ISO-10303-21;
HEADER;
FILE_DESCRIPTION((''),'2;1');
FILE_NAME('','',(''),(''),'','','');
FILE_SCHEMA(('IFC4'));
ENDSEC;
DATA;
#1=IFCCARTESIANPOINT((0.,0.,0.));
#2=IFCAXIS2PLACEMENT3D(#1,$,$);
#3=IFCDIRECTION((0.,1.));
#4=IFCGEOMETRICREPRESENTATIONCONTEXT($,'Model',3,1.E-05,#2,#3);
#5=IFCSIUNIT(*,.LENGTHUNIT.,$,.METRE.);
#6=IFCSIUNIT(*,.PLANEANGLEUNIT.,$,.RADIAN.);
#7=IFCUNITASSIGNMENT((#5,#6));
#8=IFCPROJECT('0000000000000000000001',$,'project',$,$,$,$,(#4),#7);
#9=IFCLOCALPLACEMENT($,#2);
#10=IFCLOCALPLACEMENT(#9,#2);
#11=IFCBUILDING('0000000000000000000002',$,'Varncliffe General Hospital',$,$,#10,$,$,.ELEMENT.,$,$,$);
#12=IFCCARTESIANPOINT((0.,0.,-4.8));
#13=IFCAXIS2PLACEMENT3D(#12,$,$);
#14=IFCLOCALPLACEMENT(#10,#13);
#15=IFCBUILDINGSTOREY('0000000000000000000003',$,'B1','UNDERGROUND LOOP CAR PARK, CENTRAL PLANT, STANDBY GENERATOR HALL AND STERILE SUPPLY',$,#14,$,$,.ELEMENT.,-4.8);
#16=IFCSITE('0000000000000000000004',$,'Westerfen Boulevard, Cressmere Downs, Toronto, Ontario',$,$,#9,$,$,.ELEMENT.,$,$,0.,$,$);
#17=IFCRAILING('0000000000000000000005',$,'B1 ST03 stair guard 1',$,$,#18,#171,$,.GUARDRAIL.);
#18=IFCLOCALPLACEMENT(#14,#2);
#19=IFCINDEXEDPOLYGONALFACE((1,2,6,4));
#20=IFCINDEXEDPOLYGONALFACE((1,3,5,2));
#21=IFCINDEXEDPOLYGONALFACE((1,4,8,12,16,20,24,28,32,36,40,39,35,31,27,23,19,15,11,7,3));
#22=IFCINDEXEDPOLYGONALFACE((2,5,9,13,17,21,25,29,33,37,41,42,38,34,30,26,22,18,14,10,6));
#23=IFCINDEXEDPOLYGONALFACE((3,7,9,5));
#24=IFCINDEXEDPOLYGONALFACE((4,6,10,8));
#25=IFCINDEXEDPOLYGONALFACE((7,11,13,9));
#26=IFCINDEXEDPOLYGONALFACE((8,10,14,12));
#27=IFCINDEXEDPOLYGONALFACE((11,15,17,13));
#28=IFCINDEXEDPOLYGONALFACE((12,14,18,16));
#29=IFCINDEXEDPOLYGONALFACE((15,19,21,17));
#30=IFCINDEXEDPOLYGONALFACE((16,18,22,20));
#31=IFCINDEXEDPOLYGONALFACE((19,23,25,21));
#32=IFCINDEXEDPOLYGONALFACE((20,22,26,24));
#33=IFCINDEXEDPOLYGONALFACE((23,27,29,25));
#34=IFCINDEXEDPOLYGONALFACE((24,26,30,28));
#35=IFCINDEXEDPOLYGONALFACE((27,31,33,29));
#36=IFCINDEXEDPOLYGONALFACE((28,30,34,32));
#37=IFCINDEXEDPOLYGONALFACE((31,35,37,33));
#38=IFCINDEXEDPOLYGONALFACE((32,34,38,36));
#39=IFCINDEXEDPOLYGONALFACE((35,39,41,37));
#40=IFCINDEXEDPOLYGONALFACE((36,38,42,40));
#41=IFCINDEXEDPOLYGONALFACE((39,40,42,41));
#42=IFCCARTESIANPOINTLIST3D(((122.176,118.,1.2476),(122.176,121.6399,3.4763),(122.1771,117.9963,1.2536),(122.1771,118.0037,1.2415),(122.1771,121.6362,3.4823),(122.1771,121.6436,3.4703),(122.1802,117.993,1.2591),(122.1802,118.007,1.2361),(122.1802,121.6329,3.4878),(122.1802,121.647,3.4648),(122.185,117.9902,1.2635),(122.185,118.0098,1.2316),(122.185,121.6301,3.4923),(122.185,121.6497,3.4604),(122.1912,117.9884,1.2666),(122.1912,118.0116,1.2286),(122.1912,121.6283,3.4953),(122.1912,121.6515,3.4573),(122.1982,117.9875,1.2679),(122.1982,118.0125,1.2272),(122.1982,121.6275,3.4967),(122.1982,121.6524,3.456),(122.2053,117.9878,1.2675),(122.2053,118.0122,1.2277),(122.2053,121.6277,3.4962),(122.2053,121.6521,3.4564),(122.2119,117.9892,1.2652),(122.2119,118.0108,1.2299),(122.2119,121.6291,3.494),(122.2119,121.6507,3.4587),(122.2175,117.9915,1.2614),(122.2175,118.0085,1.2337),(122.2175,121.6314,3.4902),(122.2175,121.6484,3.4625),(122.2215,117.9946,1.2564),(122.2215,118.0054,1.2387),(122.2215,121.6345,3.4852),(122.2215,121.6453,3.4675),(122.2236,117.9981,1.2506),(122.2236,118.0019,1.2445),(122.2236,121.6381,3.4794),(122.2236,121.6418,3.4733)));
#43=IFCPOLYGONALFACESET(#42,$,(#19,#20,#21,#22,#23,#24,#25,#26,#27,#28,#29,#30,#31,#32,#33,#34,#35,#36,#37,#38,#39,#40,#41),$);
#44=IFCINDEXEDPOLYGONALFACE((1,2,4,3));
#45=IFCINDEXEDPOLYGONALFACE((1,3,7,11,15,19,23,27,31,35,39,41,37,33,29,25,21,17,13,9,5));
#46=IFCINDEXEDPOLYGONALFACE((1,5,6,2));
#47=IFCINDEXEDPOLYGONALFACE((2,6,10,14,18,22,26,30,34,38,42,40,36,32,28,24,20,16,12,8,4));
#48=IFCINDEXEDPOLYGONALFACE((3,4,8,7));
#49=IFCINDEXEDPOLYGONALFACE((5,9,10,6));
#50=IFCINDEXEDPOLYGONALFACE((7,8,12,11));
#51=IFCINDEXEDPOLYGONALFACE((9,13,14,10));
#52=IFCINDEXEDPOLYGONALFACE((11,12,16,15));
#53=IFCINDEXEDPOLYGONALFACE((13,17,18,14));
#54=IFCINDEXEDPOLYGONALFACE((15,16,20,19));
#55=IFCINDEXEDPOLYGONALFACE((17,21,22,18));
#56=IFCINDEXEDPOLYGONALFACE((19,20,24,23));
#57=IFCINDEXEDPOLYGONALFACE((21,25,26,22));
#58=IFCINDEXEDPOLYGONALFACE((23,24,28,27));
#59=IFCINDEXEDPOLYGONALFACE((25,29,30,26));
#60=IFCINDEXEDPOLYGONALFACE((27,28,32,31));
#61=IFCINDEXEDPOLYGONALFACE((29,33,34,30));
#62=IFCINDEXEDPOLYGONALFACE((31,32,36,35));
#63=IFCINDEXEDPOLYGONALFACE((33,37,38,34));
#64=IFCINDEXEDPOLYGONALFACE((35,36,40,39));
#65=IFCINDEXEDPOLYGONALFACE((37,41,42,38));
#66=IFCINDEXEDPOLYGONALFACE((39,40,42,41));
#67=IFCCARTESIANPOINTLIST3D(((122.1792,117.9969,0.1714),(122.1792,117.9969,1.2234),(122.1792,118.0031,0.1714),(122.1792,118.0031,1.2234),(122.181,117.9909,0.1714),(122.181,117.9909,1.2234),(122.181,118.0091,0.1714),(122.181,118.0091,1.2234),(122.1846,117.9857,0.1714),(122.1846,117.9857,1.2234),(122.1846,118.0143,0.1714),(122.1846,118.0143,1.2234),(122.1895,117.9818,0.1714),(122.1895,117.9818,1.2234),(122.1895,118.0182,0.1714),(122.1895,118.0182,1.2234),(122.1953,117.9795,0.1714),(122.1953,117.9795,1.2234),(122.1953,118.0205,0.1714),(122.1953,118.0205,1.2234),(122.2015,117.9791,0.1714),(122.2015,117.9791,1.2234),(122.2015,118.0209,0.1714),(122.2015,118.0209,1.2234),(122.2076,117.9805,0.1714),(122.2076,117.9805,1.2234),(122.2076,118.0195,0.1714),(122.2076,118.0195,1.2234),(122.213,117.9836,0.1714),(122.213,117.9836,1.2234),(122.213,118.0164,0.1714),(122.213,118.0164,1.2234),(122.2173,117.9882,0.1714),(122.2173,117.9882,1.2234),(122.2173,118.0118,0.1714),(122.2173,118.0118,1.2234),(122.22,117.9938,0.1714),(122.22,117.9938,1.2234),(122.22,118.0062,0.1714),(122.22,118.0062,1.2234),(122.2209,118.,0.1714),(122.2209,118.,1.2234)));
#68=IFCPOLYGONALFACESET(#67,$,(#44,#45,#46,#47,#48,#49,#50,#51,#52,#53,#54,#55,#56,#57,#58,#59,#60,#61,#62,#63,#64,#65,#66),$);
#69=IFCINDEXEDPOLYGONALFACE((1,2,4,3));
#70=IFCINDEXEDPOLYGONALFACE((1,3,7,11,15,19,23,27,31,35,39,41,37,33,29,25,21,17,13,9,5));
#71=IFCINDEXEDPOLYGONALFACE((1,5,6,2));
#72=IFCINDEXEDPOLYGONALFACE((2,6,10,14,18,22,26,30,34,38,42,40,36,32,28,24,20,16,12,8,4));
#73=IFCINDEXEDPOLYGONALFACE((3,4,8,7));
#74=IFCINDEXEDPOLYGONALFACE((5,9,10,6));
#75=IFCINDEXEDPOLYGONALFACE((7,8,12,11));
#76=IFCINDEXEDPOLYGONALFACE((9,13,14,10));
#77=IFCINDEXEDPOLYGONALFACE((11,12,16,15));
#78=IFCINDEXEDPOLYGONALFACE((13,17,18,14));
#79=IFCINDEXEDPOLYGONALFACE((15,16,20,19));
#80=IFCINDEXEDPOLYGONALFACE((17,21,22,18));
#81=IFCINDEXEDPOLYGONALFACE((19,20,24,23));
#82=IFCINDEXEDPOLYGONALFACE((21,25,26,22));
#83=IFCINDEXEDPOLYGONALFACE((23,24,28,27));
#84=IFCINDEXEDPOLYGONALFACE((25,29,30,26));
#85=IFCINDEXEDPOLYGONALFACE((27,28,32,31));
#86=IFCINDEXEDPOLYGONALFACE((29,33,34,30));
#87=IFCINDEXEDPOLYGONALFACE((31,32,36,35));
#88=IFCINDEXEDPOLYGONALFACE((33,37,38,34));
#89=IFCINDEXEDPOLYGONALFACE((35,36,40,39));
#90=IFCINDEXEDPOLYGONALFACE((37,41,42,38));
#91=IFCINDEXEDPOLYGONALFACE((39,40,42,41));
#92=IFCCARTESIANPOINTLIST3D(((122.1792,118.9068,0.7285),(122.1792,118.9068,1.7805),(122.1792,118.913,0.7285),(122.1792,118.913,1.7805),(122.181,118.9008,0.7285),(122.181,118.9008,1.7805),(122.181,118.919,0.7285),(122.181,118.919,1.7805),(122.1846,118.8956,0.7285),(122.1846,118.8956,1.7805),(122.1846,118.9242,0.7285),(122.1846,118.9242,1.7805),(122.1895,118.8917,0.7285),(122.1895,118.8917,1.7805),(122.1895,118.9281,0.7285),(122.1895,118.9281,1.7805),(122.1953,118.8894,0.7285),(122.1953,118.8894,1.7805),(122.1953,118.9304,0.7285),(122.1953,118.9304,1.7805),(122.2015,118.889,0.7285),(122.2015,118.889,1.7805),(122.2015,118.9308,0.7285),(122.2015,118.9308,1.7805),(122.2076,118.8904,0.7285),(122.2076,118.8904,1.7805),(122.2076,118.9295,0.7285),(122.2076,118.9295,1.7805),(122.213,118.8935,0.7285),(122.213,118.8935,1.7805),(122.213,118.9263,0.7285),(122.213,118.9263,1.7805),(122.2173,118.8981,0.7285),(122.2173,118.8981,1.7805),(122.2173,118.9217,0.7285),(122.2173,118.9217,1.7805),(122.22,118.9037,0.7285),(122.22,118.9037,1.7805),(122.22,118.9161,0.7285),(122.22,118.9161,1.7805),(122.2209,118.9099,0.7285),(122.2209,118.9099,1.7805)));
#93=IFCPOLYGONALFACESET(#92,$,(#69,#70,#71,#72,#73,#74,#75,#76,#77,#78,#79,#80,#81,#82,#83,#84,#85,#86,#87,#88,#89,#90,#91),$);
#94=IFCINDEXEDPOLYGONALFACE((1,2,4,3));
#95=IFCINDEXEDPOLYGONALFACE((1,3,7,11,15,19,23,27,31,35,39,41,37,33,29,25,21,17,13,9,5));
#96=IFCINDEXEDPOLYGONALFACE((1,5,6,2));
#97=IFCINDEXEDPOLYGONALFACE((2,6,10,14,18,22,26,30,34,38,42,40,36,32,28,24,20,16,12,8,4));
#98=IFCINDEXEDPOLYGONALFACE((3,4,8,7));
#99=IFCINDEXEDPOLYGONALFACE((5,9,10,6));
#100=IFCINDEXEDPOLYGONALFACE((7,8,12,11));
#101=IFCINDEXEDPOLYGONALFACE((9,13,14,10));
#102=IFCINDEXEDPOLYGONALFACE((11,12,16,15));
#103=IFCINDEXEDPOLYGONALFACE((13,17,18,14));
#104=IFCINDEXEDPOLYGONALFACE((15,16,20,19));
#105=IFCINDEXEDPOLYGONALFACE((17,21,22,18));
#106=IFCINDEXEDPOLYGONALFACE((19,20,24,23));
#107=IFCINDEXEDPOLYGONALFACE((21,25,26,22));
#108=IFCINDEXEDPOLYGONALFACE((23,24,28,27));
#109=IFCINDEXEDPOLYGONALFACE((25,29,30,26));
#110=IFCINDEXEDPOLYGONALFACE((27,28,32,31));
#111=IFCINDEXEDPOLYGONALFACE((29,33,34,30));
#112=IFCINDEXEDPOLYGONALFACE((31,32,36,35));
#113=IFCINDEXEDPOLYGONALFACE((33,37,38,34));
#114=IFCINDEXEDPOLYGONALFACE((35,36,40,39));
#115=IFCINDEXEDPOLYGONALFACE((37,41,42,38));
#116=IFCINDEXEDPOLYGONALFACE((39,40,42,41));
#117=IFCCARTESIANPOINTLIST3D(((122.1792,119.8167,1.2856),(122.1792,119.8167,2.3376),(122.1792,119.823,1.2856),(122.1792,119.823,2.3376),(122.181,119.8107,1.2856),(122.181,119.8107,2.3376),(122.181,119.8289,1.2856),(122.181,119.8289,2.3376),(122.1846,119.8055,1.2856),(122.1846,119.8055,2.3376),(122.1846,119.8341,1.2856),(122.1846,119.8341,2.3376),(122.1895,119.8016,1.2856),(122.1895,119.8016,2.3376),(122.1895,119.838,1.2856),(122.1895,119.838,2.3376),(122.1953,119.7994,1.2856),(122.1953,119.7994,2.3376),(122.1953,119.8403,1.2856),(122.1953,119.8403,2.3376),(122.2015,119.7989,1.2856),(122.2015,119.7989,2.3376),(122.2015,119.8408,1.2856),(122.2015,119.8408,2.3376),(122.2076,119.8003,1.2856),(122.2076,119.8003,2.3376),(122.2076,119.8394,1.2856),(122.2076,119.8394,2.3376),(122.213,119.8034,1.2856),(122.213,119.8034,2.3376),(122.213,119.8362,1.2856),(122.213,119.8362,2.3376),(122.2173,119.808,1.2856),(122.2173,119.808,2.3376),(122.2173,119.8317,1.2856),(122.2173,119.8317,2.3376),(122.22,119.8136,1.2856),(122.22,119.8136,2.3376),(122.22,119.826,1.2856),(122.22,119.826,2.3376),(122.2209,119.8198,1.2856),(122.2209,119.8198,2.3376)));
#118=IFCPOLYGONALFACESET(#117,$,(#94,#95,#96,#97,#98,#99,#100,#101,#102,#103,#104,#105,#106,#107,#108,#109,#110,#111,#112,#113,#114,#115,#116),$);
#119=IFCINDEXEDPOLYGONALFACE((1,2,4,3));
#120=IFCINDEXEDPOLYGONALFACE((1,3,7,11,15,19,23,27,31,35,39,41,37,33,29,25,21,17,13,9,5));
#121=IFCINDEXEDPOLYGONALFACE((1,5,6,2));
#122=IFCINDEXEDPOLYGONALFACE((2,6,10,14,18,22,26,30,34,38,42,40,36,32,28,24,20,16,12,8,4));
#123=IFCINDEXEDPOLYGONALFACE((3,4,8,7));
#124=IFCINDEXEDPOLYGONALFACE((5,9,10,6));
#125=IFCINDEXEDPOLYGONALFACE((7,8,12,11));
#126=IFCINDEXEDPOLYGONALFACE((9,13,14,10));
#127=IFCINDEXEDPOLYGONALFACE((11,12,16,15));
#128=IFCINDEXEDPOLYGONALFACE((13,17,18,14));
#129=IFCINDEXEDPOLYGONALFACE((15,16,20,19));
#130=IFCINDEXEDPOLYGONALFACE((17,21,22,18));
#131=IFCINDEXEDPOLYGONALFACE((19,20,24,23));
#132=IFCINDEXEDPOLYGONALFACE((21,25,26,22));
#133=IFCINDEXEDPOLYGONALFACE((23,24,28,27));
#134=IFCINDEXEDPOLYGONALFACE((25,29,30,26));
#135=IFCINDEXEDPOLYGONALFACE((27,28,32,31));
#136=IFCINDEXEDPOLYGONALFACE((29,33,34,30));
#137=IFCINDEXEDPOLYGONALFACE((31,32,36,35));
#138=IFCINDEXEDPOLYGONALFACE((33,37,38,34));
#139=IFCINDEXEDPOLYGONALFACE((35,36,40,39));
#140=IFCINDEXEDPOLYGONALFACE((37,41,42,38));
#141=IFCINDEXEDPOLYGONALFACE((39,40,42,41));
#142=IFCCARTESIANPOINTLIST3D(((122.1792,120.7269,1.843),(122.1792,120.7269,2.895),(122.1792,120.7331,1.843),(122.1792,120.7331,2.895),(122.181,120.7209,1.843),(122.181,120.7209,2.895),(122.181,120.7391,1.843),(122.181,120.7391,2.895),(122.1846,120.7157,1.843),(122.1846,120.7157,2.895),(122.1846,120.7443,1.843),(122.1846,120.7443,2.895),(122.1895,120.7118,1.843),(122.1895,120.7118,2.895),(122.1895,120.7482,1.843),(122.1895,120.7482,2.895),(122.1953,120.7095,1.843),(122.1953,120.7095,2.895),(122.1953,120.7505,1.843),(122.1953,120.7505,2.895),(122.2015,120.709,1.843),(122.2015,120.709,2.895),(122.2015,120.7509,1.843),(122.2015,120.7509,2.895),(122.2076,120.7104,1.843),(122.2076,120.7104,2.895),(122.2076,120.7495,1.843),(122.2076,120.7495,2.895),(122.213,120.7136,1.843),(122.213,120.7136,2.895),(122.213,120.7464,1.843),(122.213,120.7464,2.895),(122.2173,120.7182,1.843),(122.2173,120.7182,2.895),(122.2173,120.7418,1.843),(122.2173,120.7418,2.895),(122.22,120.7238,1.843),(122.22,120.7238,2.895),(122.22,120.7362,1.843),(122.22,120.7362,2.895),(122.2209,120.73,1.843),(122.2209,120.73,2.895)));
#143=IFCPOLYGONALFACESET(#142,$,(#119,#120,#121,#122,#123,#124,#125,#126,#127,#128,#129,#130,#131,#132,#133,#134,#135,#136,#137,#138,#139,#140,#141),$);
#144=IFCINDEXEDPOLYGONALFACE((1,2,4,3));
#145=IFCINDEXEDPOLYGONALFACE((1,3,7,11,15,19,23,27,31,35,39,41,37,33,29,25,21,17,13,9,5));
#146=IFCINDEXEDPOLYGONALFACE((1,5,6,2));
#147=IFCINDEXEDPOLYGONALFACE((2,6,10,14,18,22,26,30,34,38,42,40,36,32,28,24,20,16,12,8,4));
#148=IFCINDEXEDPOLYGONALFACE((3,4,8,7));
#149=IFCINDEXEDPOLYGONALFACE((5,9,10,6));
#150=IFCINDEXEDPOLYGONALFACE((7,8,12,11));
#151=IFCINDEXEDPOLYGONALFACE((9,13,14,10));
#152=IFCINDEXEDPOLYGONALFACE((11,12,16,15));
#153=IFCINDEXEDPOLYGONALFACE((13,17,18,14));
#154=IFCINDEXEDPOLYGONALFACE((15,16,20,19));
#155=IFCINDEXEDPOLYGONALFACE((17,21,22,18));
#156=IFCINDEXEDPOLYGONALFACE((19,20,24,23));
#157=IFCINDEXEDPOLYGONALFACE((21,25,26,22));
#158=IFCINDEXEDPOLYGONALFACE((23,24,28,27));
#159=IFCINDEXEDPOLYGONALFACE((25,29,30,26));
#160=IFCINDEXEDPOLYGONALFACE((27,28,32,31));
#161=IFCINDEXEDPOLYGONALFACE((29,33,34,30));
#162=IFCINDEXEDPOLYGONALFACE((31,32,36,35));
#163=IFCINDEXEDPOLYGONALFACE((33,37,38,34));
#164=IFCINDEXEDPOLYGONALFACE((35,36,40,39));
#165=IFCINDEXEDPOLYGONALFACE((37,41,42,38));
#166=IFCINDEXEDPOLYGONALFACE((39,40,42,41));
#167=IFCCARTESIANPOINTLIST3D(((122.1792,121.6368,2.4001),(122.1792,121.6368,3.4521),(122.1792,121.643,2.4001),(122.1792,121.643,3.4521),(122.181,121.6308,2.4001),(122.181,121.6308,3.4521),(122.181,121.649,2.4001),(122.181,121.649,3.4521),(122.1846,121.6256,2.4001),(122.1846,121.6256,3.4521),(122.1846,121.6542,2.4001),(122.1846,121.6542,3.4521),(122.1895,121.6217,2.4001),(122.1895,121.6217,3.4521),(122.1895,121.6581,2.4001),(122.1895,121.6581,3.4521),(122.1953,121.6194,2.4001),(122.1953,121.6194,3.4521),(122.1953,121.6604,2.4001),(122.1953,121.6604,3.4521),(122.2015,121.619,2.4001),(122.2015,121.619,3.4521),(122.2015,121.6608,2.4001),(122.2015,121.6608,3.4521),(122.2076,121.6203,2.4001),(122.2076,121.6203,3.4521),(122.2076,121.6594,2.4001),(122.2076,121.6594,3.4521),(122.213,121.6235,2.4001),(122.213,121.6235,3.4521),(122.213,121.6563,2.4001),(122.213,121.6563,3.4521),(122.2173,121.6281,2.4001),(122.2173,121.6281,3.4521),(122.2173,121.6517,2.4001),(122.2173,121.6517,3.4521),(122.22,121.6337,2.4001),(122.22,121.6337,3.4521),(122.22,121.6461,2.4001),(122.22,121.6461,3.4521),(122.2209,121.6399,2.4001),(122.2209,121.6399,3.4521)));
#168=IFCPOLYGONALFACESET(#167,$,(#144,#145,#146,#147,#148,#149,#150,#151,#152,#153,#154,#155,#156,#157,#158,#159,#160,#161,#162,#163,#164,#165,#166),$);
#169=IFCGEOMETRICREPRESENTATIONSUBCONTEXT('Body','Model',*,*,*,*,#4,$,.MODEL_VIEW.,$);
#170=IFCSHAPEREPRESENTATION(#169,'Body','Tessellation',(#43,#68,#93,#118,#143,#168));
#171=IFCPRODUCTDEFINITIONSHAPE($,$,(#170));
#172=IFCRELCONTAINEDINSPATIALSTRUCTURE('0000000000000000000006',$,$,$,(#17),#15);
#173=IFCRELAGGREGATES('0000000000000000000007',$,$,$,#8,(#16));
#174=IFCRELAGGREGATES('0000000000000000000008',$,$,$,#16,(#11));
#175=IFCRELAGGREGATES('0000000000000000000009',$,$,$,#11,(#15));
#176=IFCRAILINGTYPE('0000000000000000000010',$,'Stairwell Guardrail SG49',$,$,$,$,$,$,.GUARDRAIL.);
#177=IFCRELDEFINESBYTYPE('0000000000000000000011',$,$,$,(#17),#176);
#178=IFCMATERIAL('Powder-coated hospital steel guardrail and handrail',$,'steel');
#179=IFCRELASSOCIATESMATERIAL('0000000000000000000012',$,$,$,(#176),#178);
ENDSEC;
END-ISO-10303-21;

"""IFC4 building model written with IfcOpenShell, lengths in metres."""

from ifc_helpers import new_model, si_unit, direction, frame, origin, origin_2d, place, context, subcontext, project, spatial, circle, extrude, material, type_object, element, save


model = new_model("IFC4")

# Units and contexts
model_context = context("Model", 3, precision=1e-05, world=origin(), true_north=direction((0.0, 1.0)))
body_context = subcontext(model_context, "Body", "Model", "MODEL_VIEW")
ifc_project = project(units=[si_unit("LENGTHUNIT", "METRE"), si_unit("PLANEANGLEUNIT", "RADIAN")], contexts=[model_context])

# Site, building, storey
site_placement = place(None, origin())
site = spatial("IfcSite", under=ifc_project, at=site_placement, Name="Westerfen Boulevard, Cressmere Downs, Toronto, Ontario", CompositionType="ELEMENT", RefElevation=0.0)
building_placement = place(site_placement, origin())
building = spatial("IfcBuilding", under=site, at=building_placement, Name="Varncliffe General Hospital", CompositionType="ELEMENT")
storey_placement = place(building_placement, frame((0.0, 0.0, -4.8)))
storey = spatial("IfcBuildingStorey", under=building, at=storey_placement, Name="B1", Description="UNDERGROUND LOOP CAR PARK, CENTRAL PLANT, STANDBY GENERATOR HALL AND STERILE SUPPLY", CompositionType="ELEMENT", Elevation=-4.8)

# Railing
ifc_material_1 = material(Name="Powder-coated hospital steel guardrail and handrail", Category="steel")
railing_type_1 = type_object("IfcRailingType", Name="Stairwell Guardrail SG49", PredefinedType="GUARDRAIL", material=ifc_material_1)
railing_1_placement = place(storey_placement, frame((122.2, 118.0, 0.1714)))
element("IfcRailing", 1, at=railing_1_placement, inside=storey, type_object=railing_type_1, Name="B1 ST03 stair guard 1", PredefinedType="GUARDRAIL", context=body_context, shape_type="SweptSolid", body=[
    extrude(circle(Radius=0.0239, at=origin_2d()), frame((0.0, 0.0, 1.0762), z_axis=(0.0, 0.852825, 0.522197), x_axis=(-1.0, 0.0, 0.0)), (0.0, 0.0, 1.0), 4.2681),
    extrude(circle(Radius=0.021, at=origin_2d()), origin(), (0.0, 0.0, 1.0), 1.052),
    extrude(circle(Radius=0.021, at=origin_2d()), frame((0.0, 0.9099, 0.5571)), (0.0, 0.0, 1.0), 1.052),
    extrude(circle(Radius=0.021, at=origin_2d()), frame((0.0, 1.8198, 1.1143)), (0.0, 0.0, 1.0), 1.052),
    extrude(circle(Radius=0.021, at=origin_2d()), frame((0.0, 2.73, 1.6716)), (0.0, 0.0, 1.0), 1.052),
    extrude(circle(Radius=0.021, at=origin_2d()), frame((0.0, 3.6399, 2.2288)), (0.0, 0.0, 1.0), 1.052),
])

save(model, "model.ifc")
